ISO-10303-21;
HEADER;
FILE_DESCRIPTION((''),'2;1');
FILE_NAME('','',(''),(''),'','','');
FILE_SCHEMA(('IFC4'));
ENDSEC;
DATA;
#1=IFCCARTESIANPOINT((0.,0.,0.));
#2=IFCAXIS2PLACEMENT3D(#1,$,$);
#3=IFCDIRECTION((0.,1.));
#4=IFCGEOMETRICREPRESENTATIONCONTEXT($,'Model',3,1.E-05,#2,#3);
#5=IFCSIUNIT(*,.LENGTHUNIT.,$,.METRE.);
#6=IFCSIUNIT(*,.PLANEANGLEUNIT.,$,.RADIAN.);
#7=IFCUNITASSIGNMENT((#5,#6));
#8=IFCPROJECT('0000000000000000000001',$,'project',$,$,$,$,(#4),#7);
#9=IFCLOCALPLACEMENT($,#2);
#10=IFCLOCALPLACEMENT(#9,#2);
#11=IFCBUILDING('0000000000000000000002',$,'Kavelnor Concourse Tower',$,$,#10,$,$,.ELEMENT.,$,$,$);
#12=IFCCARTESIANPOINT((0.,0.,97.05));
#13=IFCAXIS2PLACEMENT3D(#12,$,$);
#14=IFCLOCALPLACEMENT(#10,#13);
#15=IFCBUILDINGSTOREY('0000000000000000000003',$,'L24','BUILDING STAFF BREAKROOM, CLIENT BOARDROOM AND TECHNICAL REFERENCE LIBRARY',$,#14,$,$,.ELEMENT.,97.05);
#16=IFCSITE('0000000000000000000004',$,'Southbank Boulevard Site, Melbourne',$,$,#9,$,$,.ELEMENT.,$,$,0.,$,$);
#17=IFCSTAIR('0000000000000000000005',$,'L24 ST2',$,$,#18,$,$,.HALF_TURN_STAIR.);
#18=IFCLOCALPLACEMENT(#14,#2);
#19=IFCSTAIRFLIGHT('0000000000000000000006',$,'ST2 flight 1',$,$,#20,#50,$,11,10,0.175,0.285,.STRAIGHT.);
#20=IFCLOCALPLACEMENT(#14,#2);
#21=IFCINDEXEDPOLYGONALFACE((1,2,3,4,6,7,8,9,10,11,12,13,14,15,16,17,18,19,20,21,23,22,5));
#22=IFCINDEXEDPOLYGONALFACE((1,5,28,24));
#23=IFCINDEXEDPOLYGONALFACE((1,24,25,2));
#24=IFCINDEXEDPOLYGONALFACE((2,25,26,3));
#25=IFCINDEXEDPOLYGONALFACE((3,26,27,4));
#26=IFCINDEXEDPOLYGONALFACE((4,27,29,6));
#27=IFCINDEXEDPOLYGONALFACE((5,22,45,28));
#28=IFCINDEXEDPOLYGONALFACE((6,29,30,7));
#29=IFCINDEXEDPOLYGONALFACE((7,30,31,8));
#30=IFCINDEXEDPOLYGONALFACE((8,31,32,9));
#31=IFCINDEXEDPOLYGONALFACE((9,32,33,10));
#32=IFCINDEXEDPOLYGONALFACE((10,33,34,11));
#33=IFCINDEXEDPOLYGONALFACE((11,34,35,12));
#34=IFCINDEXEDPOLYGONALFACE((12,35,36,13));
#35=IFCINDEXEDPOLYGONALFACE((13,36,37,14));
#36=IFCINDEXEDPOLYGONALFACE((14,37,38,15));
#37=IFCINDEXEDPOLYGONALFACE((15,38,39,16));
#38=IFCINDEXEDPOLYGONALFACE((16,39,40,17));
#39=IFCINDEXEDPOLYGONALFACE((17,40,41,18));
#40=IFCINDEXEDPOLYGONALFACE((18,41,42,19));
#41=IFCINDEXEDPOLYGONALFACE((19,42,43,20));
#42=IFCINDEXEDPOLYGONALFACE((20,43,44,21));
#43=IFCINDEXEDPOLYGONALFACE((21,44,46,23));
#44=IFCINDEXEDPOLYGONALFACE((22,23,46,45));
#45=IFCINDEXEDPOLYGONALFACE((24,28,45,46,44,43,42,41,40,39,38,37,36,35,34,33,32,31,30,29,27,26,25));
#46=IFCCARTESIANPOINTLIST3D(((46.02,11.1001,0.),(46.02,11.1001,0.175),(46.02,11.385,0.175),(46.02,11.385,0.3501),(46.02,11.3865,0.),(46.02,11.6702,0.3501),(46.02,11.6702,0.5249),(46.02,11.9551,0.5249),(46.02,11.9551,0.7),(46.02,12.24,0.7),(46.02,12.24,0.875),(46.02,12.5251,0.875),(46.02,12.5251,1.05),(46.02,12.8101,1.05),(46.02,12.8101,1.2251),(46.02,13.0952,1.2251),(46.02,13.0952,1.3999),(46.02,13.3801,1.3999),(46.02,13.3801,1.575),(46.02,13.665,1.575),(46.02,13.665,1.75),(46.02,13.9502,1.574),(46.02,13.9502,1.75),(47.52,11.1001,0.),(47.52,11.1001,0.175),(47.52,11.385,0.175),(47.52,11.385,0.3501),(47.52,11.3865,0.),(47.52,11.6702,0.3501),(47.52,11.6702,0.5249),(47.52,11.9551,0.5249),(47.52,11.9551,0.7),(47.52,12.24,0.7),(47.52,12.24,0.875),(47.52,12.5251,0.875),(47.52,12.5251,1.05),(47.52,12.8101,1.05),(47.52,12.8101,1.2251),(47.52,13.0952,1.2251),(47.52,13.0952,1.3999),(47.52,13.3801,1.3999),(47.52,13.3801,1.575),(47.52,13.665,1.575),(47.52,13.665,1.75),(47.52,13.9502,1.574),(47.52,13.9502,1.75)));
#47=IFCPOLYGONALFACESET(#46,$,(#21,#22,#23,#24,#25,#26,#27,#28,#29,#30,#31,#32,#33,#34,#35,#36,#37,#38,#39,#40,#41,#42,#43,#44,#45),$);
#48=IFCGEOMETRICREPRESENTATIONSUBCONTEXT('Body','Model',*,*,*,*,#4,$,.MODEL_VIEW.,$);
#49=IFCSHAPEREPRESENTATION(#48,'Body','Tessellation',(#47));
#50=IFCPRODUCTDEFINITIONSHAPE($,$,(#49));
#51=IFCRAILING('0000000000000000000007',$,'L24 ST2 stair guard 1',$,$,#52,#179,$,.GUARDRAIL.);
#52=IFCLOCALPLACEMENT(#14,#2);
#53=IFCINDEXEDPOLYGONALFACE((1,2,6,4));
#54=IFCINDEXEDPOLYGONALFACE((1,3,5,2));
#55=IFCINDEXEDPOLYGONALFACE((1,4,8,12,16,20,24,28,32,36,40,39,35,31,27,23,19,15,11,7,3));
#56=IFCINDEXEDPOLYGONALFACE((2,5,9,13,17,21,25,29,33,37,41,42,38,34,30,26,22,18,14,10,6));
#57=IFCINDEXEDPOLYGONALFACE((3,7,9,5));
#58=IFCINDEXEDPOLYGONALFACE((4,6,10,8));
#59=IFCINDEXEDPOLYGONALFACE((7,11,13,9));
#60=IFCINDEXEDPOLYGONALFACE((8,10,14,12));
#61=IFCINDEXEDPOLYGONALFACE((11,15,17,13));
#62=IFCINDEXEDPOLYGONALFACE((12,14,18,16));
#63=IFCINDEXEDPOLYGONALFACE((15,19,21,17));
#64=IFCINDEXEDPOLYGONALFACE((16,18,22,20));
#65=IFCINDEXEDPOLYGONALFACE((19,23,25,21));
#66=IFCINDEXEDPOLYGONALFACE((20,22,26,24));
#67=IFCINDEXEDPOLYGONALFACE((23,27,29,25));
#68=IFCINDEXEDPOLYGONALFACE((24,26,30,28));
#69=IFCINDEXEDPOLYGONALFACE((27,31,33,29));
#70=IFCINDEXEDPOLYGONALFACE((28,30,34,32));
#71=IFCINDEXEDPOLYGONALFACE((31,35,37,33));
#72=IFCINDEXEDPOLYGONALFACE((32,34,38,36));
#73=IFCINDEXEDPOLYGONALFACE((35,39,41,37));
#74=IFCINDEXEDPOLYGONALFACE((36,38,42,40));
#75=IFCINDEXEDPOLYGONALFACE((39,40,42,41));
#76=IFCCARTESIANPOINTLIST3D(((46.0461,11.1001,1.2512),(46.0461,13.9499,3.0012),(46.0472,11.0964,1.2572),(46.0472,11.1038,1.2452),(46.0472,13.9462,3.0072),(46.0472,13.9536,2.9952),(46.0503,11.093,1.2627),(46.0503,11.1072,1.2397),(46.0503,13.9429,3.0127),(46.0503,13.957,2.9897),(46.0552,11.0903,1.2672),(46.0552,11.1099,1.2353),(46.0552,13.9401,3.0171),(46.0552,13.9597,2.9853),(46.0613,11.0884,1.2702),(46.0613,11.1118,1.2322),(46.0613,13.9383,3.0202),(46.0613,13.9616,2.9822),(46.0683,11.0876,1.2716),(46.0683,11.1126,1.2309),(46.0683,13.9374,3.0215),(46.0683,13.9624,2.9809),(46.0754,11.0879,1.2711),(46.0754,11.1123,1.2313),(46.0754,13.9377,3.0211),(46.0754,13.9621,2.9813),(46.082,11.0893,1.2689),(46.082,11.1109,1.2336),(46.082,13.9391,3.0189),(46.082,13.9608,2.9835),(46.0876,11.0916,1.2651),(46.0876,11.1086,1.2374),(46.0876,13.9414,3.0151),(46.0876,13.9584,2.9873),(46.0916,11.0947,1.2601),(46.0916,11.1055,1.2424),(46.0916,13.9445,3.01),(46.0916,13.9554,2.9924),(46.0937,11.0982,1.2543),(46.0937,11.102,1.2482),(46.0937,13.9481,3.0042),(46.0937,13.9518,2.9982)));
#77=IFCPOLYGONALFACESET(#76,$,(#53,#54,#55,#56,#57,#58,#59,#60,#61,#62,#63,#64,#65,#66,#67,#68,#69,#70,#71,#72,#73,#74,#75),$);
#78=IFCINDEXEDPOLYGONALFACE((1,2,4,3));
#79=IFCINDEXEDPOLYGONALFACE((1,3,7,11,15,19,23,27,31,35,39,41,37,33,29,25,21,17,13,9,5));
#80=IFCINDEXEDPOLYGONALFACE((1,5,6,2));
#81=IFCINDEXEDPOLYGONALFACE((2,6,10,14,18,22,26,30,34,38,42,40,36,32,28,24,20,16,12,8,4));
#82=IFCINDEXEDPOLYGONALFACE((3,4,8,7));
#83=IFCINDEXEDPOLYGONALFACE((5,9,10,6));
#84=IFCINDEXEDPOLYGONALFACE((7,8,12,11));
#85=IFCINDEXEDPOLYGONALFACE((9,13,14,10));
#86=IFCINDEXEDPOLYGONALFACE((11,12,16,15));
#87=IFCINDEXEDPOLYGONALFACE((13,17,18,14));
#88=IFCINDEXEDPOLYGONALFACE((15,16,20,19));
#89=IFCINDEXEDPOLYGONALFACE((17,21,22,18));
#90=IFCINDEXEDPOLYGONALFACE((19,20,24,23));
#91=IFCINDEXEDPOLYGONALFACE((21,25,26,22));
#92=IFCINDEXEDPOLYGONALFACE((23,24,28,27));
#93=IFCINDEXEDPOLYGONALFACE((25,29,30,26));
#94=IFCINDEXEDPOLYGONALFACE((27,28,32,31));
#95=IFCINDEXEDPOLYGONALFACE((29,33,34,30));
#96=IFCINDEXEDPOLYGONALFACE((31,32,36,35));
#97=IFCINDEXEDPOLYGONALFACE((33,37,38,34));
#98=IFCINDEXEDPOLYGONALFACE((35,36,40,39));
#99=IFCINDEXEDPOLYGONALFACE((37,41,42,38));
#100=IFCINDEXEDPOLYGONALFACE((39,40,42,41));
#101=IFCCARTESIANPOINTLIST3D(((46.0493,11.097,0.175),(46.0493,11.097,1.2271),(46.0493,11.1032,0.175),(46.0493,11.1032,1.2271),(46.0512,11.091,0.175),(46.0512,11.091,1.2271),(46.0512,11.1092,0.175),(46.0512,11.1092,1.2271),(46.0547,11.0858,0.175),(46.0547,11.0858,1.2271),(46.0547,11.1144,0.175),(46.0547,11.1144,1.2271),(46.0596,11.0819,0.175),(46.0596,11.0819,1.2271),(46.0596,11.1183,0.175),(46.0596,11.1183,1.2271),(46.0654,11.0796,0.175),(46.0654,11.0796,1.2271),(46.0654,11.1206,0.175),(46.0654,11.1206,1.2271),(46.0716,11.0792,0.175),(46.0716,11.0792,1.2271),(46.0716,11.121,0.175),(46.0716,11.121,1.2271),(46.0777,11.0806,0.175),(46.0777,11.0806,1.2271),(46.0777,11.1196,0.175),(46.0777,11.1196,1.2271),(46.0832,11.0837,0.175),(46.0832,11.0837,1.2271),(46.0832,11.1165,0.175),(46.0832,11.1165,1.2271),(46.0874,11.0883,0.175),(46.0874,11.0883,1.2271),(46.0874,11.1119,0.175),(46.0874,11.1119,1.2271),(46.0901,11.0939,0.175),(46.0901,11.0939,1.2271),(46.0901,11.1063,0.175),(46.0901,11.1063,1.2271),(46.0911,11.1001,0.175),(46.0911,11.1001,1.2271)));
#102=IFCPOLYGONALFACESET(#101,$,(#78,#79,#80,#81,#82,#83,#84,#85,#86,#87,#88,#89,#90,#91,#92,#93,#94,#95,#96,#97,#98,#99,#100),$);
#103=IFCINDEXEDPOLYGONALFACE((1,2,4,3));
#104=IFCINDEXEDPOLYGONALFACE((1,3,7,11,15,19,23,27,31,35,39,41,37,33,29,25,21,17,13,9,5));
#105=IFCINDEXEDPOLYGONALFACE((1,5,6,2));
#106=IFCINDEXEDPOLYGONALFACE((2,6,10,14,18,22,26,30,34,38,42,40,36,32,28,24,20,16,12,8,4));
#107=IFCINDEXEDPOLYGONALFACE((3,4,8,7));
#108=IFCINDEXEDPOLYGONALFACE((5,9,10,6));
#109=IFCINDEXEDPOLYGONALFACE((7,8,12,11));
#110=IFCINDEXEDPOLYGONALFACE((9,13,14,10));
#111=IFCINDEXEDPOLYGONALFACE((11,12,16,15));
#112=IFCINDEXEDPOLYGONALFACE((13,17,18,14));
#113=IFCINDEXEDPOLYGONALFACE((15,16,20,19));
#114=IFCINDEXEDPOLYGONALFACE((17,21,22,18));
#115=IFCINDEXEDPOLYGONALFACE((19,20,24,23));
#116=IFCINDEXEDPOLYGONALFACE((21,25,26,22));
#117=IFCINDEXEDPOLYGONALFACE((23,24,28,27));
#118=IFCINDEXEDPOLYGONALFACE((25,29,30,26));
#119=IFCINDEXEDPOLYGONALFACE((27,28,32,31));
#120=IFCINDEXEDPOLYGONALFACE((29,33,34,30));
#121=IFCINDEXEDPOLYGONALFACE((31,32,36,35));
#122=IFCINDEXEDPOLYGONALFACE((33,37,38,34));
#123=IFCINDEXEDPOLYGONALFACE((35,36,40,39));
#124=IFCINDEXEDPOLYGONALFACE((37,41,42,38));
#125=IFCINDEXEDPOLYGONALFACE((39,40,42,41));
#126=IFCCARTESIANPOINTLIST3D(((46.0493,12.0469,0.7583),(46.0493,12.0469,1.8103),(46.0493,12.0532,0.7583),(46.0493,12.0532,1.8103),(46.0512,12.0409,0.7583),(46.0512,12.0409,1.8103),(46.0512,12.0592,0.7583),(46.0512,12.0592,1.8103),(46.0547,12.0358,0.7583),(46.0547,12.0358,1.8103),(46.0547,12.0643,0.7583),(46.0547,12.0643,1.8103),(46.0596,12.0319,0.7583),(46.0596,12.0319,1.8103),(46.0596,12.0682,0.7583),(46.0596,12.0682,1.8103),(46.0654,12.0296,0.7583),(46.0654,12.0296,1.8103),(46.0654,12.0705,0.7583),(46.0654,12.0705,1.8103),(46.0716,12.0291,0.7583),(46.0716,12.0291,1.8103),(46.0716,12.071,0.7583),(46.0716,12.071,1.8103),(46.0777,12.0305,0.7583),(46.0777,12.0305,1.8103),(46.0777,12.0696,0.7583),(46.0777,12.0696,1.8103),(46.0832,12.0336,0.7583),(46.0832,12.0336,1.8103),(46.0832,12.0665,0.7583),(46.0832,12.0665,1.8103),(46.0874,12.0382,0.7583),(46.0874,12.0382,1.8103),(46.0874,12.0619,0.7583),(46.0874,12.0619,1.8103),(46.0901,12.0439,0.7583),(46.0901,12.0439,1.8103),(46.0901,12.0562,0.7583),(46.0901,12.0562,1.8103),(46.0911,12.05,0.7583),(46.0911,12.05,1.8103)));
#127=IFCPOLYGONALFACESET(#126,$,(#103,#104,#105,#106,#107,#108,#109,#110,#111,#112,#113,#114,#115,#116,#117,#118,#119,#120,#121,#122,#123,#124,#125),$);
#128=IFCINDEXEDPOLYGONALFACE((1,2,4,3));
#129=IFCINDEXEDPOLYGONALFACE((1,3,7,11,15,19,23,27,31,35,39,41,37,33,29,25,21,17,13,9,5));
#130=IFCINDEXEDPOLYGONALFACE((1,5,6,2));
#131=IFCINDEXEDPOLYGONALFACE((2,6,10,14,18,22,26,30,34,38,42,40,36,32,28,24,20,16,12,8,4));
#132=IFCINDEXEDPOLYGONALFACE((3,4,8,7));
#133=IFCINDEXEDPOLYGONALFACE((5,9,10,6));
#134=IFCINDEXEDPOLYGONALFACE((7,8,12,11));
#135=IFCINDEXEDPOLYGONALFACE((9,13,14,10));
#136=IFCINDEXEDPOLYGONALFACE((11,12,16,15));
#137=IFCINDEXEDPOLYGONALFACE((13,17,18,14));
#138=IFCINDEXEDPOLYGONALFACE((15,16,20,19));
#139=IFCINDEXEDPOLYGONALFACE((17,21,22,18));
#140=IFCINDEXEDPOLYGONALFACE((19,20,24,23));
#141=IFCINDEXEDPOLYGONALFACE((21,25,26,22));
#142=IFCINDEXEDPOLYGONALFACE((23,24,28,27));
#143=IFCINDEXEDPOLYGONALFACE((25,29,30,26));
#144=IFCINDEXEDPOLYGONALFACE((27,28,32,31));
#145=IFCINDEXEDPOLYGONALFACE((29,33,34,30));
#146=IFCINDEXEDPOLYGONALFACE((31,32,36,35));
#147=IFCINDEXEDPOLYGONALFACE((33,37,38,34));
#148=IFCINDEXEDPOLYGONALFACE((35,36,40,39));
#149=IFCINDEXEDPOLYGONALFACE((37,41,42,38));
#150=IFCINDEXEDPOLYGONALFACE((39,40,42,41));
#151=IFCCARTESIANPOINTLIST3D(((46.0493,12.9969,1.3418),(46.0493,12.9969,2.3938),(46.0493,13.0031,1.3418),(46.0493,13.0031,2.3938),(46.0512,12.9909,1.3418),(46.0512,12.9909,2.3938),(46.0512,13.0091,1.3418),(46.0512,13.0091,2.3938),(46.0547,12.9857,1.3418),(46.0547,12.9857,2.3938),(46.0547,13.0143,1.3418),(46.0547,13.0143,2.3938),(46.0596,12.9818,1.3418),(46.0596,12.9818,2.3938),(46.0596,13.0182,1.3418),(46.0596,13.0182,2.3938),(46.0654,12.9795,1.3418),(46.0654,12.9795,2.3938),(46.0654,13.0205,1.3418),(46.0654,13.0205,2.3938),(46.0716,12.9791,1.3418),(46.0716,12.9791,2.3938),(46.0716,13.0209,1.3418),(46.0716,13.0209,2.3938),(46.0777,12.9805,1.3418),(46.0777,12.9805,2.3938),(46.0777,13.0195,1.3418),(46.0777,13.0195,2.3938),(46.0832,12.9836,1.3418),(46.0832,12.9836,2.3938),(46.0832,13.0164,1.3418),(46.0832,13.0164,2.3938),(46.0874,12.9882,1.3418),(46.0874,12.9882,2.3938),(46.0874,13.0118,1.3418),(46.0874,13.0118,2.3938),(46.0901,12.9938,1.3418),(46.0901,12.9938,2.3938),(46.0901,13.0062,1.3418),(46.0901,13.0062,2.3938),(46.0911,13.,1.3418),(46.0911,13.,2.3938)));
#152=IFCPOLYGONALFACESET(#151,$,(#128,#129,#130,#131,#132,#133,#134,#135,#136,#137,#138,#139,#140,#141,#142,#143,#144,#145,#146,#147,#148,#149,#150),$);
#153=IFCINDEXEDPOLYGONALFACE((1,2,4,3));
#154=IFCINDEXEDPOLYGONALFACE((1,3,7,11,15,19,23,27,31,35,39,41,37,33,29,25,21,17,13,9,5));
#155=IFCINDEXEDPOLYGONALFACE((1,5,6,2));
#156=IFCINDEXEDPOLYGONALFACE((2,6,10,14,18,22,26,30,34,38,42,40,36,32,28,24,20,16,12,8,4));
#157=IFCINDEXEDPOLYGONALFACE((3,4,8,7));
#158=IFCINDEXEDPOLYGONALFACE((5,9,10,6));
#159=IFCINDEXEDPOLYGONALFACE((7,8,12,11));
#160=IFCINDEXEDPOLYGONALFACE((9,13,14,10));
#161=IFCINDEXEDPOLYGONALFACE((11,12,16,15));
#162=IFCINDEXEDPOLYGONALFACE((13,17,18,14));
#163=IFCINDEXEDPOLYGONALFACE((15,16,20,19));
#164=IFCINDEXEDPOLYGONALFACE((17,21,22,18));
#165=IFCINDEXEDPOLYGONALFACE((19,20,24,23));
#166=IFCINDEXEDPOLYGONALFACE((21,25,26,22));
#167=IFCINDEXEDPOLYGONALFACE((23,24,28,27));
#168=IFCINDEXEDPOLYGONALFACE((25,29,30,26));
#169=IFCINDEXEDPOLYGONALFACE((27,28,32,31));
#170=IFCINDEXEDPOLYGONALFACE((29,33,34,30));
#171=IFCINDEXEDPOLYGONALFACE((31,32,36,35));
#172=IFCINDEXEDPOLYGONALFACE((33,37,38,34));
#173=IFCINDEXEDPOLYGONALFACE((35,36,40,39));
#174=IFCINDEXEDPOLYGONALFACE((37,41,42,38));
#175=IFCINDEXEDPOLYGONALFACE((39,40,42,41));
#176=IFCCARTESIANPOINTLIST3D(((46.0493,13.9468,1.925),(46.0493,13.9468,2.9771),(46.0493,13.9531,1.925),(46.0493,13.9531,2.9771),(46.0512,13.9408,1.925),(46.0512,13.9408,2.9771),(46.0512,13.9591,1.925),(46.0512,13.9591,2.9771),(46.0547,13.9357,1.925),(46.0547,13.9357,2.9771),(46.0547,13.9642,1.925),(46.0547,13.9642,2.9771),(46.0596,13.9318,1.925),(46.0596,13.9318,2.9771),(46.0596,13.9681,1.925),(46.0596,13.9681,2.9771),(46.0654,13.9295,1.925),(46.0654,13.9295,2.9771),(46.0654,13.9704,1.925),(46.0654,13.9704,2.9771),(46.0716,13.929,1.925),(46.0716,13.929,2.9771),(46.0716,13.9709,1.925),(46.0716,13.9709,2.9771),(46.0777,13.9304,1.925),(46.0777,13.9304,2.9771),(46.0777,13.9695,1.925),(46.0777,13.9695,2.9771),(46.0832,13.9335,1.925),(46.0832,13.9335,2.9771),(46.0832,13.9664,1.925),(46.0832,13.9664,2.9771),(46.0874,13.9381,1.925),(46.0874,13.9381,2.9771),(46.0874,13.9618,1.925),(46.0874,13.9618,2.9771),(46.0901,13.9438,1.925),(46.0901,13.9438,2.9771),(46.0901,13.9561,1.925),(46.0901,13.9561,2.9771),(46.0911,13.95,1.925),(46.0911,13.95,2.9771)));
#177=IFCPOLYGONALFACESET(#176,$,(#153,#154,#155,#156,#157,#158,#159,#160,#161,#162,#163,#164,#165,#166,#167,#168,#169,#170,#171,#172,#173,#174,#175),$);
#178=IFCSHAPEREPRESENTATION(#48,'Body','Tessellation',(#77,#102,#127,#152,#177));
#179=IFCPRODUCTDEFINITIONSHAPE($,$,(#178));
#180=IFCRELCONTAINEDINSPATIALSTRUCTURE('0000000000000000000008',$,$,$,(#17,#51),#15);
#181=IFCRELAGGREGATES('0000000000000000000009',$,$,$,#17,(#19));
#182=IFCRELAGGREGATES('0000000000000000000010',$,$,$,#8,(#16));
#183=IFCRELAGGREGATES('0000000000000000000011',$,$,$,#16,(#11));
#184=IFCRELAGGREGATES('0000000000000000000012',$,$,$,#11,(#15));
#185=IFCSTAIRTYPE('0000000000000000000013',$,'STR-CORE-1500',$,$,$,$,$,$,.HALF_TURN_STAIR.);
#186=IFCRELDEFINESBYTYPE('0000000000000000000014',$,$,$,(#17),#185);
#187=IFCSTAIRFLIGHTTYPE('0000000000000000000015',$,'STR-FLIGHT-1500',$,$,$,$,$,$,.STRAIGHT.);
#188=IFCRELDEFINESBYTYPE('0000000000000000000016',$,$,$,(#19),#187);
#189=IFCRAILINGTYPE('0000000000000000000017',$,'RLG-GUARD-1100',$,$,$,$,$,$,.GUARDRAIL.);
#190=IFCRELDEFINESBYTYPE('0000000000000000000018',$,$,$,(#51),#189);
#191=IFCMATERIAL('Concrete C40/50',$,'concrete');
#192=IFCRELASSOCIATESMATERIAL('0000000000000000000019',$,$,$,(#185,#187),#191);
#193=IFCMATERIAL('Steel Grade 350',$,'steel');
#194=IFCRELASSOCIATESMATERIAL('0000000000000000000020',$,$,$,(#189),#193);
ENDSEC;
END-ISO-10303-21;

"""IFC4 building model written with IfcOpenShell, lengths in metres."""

from ifc_helpers import new_model, si_unit, direction, frame, origin, origin_2d, place, context, subcontext, project, spatial, polyline, circle, outline, extrude, material, type_object, element, aggregate, save


model = new_model("IFC4")

# Units and contexts
model_context = context("Model", 3, precision=1e-05, world=origin(), true_north=direction((0.0, 1.0)))
body_context = subcontext(model_context, "Body", "Model", "MODEL_VIEW")
ifc_project = project(units=[si_unit("LENGTHUNIT", "METRE"), si_unit("PLANEANGLEUNIT", "RADIAN")], contexts=[model_context])

# Site, building, storey
site_placement = place(None, origin())
site = spatial("IfcSite", under=ifc_project, at=site_placement, Name="Southbank Boulevard Site, Melbourne", CompositionType="ELEMENT", RefElevation=0.0)
building_placement = place(site_placement, origin())
building = spatial("IfcBuilding", under=site, at=building_placement, Name="Kavelnor Concourse Tower", CompositionType="ELEMENT")
storey_placement = place(building_placement, frame((0.0, 0.0, 97.05)))
storey = spatial("IfcBuildingStorey", under=building, at=storey_placement, Name="L24", Description="BUILDING STAFF BREAKROOM, CLIENT BOARDROOM AND TECHNICAL REFERENCE LIBRARY", CompositionType="ELEMENT", Elevation=97.05)

# Shared definitions
ifc_material_1 = material(Name="Steel Grade 350", Category="steel")

# Stair, stair flight
ifc_material_2 = material(Name="Concrete C40/50", Category="concrete")
stair_type = type_object("IfcStairType", Name="STR-CORE-1500", PredefinedType="HALF_TURN_STAIR", material=ifc_material_2)
stair_placement = place(storey_placement, origin())
stair = element("IfcStair", 1, at=stair_placement, inside=storey, type_object=stair_type, Name="L24 ST2", PredefinedType="HALF_TURN_STAIR")
stair_flight_type = type_object("IfcStairFlightType", Name="STR-FLIGHT-1500", PredefinedType="STRAIGHT", material=ifc_material_2)
stair_flight_placement = place(storey_placement, frame((46.77, 11.1001, 0.0), z_axis=(0.0, 0.0, 1.0), x_axis=(0.0, 1.0, 0.0)))
stair_flight = element("IfcStairFlight", 2, at=stair_flight_placement, type_object=stair_flight_type, Name="ST2 flight 1", NumberOfRisers=11, NumberOfTreads=10, PredefinedType="STRAIGHT", RiserHeight=0.175, TreadLength=0.285, context=body_context, shape_type="SweptSolid", body=[
    extrude(outline(polyline([(0.0, 0.0), (0.0, 0.175), (0.2849, 0.175), (0.2849, 0.3501), (0.5701, 0.3501), (0.5701, 0.5249), (0.855, 0.5249), (0.855, 0.7), (1.1399, 0.7), (1.1399, 0.875), (1.425, 0.875), (1.425, 1.05), (1.71, 1.05), (1.71, 1.2251), (1.9951, 1.2251), (1.9951, 1.3999), (2.28, 1.3999), (2.28, 1.575), (2.5649, 1.575), (2.5649, 1.75), (2.8501, 1.75), (2.8501, 1.925), (2.8501, 1.574), (0.2864, 0.0), (0.0, 0.0)])), frame((0.0, 0.75, 0.0), z_axis=(0.0, -1.0, 0.0), x_axis=(1.0, 0.0, 0.0)), (0.0, 0.0, 1.0), 1.5),
])
aggregate(stair, [stair_flight])

# Railing
railing_type_1 = type_object("IfcRailingType", Name="RLG-GUARD-1100", PredefinedType="GUARDRAIL", material=ifc_material_1)
railing_1_placement = place(storey_placement, frame((46.0701, 11.1001, 0.175)))
element("IfcRailing", 3, at=railing_1_placement, inside=storey, type_object=railing_type_1, Name="L24 ST2 stair guard 1", PredefinedType="GUARDRAIL", context=body_context, shape_type="SweptSolid", body=[
    extrude(circle(Radius=0.0239, at=origin_2d()), frame((0.0, 0.0, 1.0762), z_axis=(0.0, 0.852159, 0.523283), x_axis=(-1.0, 0.0, 0.0)), (0.0, 0.0, 1.0), 3.3442),
    extrude(circle(Radius=0.021, at=origin_2d()), origin(), (0.0, 0.0, 1.0), 1.052),
    extrude(circle(Radius=0.021, at=origin_2d()), frame((0.0, 0.95, 0.5833)), (0.0, 0.0, 1.0), 1.052),
    extrude(circle(Radius=0.021, at=origin_2d()), frame((0.0, 1.8999, 1.1667)), (0.0, 0.0, 1.0), 1.052),
    extrude(circle(Radius=0.021, at=origin_2d()), frame((0.0, 2.8499, 1.75)), (0.0, 0.0, 1.0), 1.052),
])

save(model, "model.ifc")
